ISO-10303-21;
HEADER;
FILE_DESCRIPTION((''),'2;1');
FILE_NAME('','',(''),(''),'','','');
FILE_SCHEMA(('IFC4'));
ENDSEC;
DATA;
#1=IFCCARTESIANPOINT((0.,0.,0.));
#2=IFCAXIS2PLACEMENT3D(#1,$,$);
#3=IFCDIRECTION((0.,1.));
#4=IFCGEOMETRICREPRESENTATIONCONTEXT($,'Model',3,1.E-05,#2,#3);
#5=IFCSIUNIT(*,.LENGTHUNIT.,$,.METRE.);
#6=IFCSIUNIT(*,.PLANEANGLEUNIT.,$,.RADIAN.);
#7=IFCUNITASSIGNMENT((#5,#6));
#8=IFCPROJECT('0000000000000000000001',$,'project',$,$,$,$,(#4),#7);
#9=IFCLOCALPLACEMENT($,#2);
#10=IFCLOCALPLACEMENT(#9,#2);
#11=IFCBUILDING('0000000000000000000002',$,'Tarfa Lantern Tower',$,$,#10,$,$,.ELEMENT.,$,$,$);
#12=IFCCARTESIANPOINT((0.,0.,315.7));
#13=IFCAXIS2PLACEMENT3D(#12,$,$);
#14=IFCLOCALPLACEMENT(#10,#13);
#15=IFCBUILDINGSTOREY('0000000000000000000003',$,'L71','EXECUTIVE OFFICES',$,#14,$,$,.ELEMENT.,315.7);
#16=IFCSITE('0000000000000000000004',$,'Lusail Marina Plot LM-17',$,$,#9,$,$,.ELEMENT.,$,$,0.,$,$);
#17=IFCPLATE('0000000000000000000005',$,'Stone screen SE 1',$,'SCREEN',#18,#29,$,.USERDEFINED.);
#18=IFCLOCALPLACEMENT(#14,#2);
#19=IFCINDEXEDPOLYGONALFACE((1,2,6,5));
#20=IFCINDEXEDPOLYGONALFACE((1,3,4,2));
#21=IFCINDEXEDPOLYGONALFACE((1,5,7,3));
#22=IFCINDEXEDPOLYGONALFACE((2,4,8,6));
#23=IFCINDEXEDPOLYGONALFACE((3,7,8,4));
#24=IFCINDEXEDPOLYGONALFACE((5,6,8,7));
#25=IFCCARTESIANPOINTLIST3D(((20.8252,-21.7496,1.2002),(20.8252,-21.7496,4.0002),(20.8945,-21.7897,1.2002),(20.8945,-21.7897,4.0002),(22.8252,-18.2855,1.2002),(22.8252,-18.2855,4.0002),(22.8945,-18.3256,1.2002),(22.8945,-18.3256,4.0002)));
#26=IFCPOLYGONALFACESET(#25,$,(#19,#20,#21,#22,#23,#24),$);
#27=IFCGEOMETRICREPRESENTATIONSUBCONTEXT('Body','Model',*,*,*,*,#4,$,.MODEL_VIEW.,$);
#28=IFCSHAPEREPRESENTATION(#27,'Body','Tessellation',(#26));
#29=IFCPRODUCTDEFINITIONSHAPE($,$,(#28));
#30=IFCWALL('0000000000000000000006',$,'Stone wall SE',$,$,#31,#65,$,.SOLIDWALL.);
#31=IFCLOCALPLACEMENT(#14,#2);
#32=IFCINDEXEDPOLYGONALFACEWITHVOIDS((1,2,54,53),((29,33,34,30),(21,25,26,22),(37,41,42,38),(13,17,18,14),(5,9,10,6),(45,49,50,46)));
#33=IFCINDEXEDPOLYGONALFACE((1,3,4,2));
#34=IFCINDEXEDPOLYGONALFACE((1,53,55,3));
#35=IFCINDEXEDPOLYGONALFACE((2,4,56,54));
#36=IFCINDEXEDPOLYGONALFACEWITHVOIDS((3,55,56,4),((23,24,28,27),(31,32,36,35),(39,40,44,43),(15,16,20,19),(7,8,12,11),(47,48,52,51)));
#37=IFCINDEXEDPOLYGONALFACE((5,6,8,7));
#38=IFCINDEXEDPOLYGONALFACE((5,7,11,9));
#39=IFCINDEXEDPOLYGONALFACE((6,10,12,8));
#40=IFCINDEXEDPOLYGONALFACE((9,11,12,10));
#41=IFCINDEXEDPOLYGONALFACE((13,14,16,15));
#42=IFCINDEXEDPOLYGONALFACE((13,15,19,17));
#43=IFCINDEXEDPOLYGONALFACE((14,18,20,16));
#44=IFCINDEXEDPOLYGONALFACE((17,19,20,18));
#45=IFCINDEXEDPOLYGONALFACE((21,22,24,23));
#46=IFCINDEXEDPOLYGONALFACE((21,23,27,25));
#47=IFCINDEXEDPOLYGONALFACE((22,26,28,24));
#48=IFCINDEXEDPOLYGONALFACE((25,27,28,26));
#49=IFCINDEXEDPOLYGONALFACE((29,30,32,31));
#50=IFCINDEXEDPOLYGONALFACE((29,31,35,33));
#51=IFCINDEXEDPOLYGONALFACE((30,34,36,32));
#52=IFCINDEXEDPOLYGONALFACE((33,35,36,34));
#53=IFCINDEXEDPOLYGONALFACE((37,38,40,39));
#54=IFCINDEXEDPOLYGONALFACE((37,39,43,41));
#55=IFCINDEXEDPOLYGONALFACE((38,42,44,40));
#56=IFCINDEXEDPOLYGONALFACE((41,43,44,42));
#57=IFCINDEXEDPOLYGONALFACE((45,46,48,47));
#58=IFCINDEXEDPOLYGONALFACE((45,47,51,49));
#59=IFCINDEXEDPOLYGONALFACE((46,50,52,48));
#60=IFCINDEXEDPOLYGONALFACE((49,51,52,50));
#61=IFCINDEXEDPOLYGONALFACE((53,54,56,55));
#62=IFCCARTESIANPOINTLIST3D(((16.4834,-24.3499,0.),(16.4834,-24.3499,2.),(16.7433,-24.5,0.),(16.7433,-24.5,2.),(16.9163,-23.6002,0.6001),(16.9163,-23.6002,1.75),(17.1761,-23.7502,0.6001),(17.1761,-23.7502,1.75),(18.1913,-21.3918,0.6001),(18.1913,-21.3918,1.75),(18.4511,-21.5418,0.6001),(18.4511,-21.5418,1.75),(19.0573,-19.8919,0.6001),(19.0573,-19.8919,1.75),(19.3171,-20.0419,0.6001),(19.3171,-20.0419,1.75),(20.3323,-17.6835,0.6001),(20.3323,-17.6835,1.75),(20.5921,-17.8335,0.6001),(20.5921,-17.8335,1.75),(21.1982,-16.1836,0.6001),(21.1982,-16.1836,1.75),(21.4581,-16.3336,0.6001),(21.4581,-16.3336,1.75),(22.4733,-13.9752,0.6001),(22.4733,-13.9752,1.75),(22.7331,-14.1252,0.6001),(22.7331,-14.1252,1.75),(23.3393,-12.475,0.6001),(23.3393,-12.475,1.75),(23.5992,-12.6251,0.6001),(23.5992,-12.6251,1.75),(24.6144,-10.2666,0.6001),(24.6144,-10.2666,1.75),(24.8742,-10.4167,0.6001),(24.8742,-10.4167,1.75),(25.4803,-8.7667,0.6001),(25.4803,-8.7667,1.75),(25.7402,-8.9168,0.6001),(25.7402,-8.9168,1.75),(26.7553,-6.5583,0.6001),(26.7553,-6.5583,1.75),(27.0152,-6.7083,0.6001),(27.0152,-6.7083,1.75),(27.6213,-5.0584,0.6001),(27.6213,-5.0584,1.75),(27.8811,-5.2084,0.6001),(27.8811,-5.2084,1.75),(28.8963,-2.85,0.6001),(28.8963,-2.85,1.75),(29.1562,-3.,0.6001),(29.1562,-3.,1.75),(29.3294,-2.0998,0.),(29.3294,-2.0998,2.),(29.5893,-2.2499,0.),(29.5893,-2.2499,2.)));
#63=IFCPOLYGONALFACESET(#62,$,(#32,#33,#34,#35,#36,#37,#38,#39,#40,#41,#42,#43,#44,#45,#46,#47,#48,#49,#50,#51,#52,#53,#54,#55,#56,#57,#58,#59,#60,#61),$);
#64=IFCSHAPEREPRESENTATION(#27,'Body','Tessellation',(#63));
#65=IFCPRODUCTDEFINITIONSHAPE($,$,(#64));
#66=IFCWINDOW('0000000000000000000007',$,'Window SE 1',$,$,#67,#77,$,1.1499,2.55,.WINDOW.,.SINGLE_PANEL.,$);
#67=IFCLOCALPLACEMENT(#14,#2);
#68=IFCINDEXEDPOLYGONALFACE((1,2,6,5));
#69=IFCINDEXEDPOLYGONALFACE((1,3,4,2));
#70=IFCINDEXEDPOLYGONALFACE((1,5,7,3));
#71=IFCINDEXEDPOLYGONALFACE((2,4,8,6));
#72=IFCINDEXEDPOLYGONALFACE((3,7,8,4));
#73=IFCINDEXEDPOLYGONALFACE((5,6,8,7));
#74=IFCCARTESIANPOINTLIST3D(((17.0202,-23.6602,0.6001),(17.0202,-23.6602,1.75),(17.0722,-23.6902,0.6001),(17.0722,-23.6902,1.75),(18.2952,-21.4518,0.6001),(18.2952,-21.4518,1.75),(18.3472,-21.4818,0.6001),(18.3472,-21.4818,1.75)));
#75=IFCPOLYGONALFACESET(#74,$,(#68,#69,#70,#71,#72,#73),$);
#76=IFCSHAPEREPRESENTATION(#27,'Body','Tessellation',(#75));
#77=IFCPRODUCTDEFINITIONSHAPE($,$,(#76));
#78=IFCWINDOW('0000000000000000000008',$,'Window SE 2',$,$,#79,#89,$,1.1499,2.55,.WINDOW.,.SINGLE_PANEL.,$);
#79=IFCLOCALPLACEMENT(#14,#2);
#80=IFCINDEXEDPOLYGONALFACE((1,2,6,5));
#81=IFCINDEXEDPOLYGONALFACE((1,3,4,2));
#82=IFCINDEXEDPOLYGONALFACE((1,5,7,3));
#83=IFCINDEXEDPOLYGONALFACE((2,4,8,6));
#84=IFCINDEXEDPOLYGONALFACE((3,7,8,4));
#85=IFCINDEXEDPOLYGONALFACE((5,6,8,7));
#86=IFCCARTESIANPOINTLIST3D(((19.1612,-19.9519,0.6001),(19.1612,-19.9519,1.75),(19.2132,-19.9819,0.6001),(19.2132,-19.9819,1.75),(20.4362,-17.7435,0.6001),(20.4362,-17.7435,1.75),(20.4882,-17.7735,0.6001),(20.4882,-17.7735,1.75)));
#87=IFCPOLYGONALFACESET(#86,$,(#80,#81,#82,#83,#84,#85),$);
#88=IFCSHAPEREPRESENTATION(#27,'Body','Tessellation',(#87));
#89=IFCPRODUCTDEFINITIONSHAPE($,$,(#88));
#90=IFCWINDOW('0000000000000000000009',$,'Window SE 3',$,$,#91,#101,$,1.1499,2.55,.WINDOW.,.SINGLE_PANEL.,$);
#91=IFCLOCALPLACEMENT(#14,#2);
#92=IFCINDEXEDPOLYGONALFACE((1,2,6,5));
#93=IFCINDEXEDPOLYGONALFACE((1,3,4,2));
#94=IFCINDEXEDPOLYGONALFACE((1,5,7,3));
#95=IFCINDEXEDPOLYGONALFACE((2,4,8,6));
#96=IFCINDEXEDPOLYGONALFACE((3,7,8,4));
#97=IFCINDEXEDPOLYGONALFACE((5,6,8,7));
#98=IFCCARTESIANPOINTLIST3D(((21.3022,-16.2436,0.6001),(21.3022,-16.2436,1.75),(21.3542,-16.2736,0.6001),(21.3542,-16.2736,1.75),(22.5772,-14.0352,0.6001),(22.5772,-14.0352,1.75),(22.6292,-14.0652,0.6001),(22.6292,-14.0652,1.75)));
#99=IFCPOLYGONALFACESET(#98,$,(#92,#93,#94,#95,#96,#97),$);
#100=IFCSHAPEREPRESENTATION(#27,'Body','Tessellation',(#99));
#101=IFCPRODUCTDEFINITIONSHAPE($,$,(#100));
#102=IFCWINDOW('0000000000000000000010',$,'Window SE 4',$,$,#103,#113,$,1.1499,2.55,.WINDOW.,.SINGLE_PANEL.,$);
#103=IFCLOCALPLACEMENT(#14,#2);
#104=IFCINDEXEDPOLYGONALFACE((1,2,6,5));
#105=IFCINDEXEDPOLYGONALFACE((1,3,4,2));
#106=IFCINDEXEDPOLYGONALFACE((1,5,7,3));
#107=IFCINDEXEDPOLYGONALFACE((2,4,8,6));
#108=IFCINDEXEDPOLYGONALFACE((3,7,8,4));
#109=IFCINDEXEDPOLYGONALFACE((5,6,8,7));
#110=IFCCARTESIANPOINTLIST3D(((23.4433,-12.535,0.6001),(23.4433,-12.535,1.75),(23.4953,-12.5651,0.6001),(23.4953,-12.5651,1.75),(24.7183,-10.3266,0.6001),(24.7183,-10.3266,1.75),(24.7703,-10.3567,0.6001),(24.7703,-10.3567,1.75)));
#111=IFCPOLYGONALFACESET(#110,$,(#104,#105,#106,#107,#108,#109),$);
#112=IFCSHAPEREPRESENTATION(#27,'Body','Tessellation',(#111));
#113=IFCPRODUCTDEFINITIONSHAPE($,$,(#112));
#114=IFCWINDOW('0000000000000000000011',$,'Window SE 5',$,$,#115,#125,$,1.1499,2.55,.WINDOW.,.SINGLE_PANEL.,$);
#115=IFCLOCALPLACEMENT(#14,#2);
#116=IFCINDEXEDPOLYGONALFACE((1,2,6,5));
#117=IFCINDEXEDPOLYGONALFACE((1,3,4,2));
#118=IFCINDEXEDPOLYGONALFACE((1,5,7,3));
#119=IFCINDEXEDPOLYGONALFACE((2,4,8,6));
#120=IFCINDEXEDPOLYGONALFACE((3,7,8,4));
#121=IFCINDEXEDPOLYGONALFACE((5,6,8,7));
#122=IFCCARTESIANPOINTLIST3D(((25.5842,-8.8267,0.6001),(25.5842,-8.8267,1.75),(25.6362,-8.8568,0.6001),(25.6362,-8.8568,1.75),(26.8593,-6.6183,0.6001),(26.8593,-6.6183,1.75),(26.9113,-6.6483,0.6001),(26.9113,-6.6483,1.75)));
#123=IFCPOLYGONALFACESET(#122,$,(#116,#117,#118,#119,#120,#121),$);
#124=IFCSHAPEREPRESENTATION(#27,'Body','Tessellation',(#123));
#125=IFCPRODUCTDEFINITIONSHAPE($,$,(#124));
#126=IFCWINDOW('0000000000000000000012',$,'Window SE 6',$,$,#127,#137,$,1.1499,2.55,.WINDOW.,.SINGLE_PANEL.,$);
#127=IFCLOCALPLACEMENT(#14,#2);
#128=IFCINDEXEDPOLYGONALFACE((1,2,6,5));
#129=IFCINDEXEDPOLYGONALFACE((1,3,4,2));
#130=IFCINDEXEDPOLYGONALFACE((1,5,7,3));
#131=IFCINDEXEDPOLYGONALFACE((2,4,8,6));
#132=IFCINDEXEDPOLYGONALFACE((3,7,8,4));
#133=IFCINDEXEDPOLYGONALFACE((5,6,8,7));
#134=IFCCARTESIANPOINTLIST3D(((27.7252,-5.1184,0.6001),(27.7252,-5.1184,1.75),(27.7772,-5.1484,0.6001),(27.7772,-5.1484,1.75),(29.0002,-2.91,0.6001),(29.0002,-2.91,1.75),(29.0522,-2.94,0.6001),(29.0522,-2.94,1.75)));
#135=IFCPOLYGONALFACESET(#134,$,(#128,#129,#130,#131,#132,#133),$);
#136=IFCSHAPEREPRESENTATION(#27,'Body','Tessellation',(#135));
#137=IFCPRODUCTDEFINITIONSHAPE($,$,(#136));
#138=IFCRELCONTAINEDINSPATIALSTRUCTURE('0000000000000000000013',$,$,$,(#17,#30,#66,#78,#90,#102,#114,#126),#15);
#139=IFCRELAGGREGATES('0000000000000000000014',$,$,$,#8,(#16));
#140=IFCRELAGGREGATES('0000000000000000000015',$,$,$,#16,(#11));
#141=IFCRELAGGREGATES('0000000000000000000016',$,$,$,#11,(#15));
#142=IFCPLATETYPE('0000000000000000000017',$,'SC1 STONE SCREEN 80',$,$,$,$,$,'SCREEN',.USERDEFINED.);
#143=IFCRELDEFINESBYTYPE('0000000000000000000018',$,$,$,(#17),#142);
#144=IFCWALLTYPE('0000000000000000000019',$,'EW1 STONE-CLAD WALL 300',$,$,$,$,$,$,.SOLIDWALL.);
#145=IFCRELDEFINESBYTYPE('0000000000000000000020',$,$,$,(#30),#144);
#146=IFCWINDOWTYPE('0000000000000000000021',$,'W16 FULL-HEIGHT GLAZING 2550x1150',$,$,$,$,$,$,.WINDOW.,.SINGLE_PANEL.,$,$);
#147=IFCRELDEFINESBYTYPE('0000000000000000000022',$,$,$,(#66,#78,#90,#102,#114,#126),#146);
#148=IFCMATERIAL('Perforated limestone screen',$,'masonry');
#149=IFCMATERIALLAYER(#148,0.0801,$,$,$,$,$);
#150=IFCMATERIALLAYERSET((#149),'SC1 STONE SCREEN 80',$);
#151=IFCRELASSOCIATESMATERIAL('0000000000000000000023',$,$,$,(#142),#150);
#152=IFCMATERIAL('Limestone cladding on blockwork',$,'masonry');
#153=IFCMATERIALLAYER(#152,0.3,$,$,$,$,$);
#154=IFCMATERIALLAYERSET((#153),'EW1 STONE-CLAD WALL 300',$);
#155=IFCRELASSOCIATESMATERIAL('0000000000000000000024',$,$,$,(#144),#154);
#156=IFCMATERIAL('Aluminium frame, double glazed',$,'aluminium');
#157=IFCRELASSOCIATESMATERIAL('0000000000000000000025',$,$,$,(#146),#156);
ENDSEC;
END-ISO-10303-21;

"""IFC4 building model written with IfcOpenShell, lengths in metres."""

from ifc_helpers import new_model, si_unit, direction, frame, frame_2d, origin, origin_2d, place, context, subcontext, project, spatial, rectangle, extrude, material, layer, layer_set, type_object, element, fill, save


model = new_model("IFC4")

# Units and contexts
model_context = context("Model", 3, precision=1e-05, world=origin(), true_north=direction((0.0, 1.0)))
body_context = subcontext(model_context, "Body", "Model", "MODEL_VIEW")
ifc_project = project(units=[si_unit("LENGTHUNIT", "METRE"), si_unit("PLANEANGLEUNIT", "RADIAN")], contexts=[model_context])

# Site, building, storey
site_placement = place(None, origin())
site = spatial("IfcSite", under=ifc_project, at=site_placement, Name="Lusail Marina Plot LM-17", CompositionType="ELEMENT", RefElevation=0.0)
building_placement = place(site_placement, origin())
building = spatial("IfcBuilding", under=site, at=building_placement, Name="Tarfa Lantern Tower", CompositionType="ELEMENT")
storey_placement = place(building_placement, frame((0.0, 0.0, 315.7)))
storey = spatial("IfcBuildingStorey", under=building, at=storey_placement, Name="L71", Description="EXECUTIVE OFFICES", CompositionType="ELEMENT", Elevation=315.7)

# Plate
ifc_material_1 = material(Name="Perforated limestone screen", Category="masonry")
ifc_layer_1 = layer(ifc_material_1, 0.0801)
ifc_layer_set_1 = layer_set([ifc_layer_1], Name="SC1 STONE SCREEN 80")
plate_type = type_object("IfcPlateType", Name="SC1 STONE SCREEN 80", ElementType="SCREEN", PredefinedType="USERDEFINED", material=ifc_layer_set_1)
plate_placement = place(storey_placement, frame((21.8599, -20.0376, 1.2002), z_axis=(0.0, 0.0, 1.0), x_axis=(0.5, 0.866025, 0.0)))
element("IfcPlate", 1, at=plate_placement, inside=storey, type_object=plate_type, Name="Stone screen SE 1", ObjectType="SCREEN", PredefinedType="USERDEFINED", context=body_context, shape_type="SweptSolid", body=[
    extrude(rectangle(XDim=4.0, YDim=0.0801, at=origin_2d()), origin(), (0.0, 0.0, 1.0), 2.8),
])

# Wall, openings, windows
ifc_material_2 = material(Name="Limestone cladding on blockwork", Category="masonry")
ifc_layer_2 = layer(ifc_material_2, 0.3)
ifc_layer_set_2 = layer_set([ifc_layer_2], Name="EW1 STONE-CLAD WALL 300")
wall_type_1 = type_object("IfcWallType", Name="EW1 STONE-CLAD WALL 300", PredefinedType="SOLIDWALL", material=ifc_layer_set_2)
wall_1_placement = place(storey_placement, frame((16.6133, -24.425, 0.0), z_axis=(0.0, 0.0, 1.0), x_axis=(0.499997, 0.866027, 0.0)))
wall_1 = element("IfcWall", 2, at=wall_1_placement, inside=storey, type_object=wall_type_1, Name="Stone wall SE", PredefinedType="SOLIDWALL", context=body_context, shape_type="SweptSolid", body=[
    extrude(rectangle(XDim=25.6921, YDim=0.3, at=frame_2d((12.8462, 0.0))), origin(), (0.0, 0.0, 1.0), 2.0),
])
opening_1_placement = place(wall_1_placement, frame((0.866, 0.0, 0.6001)))
opening_1 = element("IfcOpeningElement", 3, at=opening_1_placement, cuts=wall_1, PredefinedType="OPENING", context=body_context, shape_type="SweptSolid", body=[
    extrude(rectangle(XDim=2.55, YDim=1.1499, at=frame_2d((1.2749, 0.575))), frame((0.0, 0.1599, 0.0), z_axis=(0.0, -1.0, 0.0), x_axis=(1.0, 0.0, 0.0)), (0.0, 0.0, 1.0), 0.3201),
])
opening_2_placement = place(wall_1_placement, frame((5.1479, 0.0, 0.6001)))
opening_2 = element("IfcOpeningElement", 4, at=opening_2_placement, cuts=wall_1, PredefinedType="OPENING", context=body_context, shape_type="SweptSolid", body=[
    extrude(rectangle(XDim=2.55, YDim=1.1499, at=frame_2d((1.2749, 0.575))), frame((0.0, 0.1599, 0.0), z_axis=(0.0, -1.0, 0.0), x_axis=(1.0, 0.0, 0.0)), (0.0, 0.0, 1.0), 0.3201),
])
opening_3_placement = place(wall_1_placement, frame((9.4299, 0.0, 0.6001)))
opening_3 = element("IfcOpeningElement", 5, at=opening_3_placement, cuts=wall_1, PredefinedType="OPENING", context=body_context, shape_type="SweptSolid", body=[
    extrude(rectangle(XDim=2.55, YDim=1.1499, at=frame_2d((1.2749, 0.575))), frame((0.0, 0.1599, 0.0), z_axis=(0.0, -1.0, 0.0), x_axis=(1.0, 0.0, 0.0)), (0.0, 0.0, 1.0), 0.3201),
])
opening_4_placement = place(wall_1_placement, frame((13.7122, 0.0, 0.6001)))
opening_4 = element("IfcOpeningElement", 6, at=opening_4_placement, cuts=wall_1, PredefinedType="OPENING", context=body_context, shape_type="SweptSolid", body=[
    extrude(rectangle(XDim=2.55, YDim=1.1499, at=frame_2d((1.2749, 0.575))), frame((0.0, 0.1599, 0.0), z_axis=(0.0, -1.0, 0.0), x_axis=(1.0, 0.0, 0.0)), (0.0, 0.0, 1.0), 0.3201),
])
opening_5_placement = place(wall_1_placement, frame((17.9941, 0.0, 0.6001)))
opening_5 = element("IfcOpeningElement", 7, at=opening_5_placement, cuts=wall_1, PredefinedType="OPENING", context=body_context, shape_type="SweptSolid", body=[
    extrude(rectangle(XDim=2.55, YDim=1.1499, at=frame_2d((1.2749, 0.575))), frame((0.0, 0.1599, 0.0), z_axis=(0.0, -1.0, 0.0), x_axis=(1.0, 0.0, 0.0)), (0.0, 0.0, 1.0), 0.3201),
])
opening_6_placement = place(wall_1_placement, frame((22.2761, 0.0, 0.6001)))
opening_6 = element("IfcOpeningElement", 8, at=opening_6_placement, cuts=wall_1, PredefinedType="OPENING", context=body_context, shape_type="SweptSolid", body=[
    extrude(rectangle(XDim=2.55, YDim=1.1499, at=frame_2d((1.2749, 0.575))), frame((0.0, 0.1599, 0.0), z_axis=(0.0, -1.0, 0.0), x_axis=(1.0, 0.0, 0.0)), (0.0, 0.0, 1.0), 0.3201),
])
ifc_material_3 = material(Name="Aluminium frame, double glazed", Category="aluminium")
window_type = type_object("IfcWindowType", Name="W16 FULL-HEIGHT GLAZING 2550x1150", PartitioningType="SINGLE_PANEL", PredefinedType="WINDOW", material=ifc_material_3)
window_1_placement = place(opening_1_placement, origin())
window_1 = element("IfcWindow", 9, at=window_1_placement, inside=storey, type_object=window_type, Name="Window SE 1", OverallHeight=1.1499, OverallWidth=2.55, PartitioningType="SINGLE_PANEL", PredefinedType="WINDOW", context=body_context, shape_type="SweptSolid", body=[
    extrude(rectangle(XDim=2.55, YDim=1.1499, at=frame_2d((1.2749, 0.575))), frame((0.0, 0.03, 0.0), z_axis=(0.0, -1.0, 0.0), x_axis=(1.0, 0.0, 0.0)), (0.0, 0.0, 1.0), 0.0601),
])
fill(opening_1, window_1)
window_2_placement = place(opening_2_placement, origin())
window_2 = element("IfcWindow", 10, at=window_2_placement, inside=storey, type_object=window_type, Name="Window SE 2", OverallHeight=1.1499, OverallWidth=2.55, PartitioningType="SINGLE_PANEL", PredefinedType="WINDOW", context=body_context, shape_type="SweptSolid", body=[
    extrude(rectangle(XDim=2.55, YDim=1.1499, at=frame_2d((1.2749, 0.575))), frame((0.0, 0.03, 0.0), z_axis=(0.0, -1.0, 0.0), x_axis=(1.0, 0.0, 0.0)), (0.0, 0.0, 1.0), 0.0601),
])
fill(opening_2, window_2)
window_3_placement = place(opening_3_placement, origin())
window_3 = element("IfcWindow", 11, at=window_3_placement, inside=storey, type_object=window_type, Name="Window SE 3", OverallHeight=1.1499, OverallWidth=2.55, PartitioningType="SINGLE_PANEL", PredefinedType="WINDOW", context=body_context, shape_type="SweptSolid", body=[
    extrude(rectangle(XDim=2.55, YDim=1.1499, at=frame_2d((1.2749, 0.575))), frame((0.0, 0.03, 0.0), z_axis=(0.0, -1.0, 0.0), x_axis=(1.0, 0.0, 0.0)), (0.0, 0.0, 1.0), 0.0601),
])
fill(opening_3, window_3)
window_4_placement = place(opening_4_placement, origin())
window_4 = element("IfcWindow", 12, at=window_4_placement, inside=storey, type_object=window_type, Name="Window SE 4", OverallHeight=1.1499, OverallWidth=2.55, PartitioningType="SINGLE_PANEL", PredefinedType="WINDOW", context=body_context, shape_type="SweptSolid", body=[
    extrude(rectangle(XDim=2.55, YDim=1.1499, at=frame_2d((1.2749, 0.575))), frame((0.0, 0.03, 0.0), z_axis=(0.0, -1.0, 0.0), x_axis=(1.0, 0.0, 0.0)), (0.0, 0.0, 1.0), 0.0601),
])
fill(opening_4, window_4)
window_5_placement = place(opening_5_placement, origin())
window_5 = element("IfcWindow", 13, at=window_5_placement, inside=storey, type_object=window_type, Name="Window SE 5", OverallHeight=1.1499, OverallWidth=2.55, PartitioningType="SINGLE_PANEL", PredefinedType="WINDOW", context=body_context, shape_type="SweptSolid", body=[
    extrude(rectangle(XDim=2.55, YDim=1.1499, at=frame_2d((1.2749, 0.575))), frame((0.0, 0.03, 0.0), z_axis=(0.0, -1.0, 0.0), x_axis=(1.0, 0.0, 0.0)), (0.0, 0.0, 1.0), 0.0601),
])
fill(opening_5, window_5)
window_6_placement = place(opening_6_placement, origin())
window_6 = element("IfcWindow", 14, at=window_6_placement, inside=storey, type_object=window_type, Name="Window SE 6", OverallHeight=1.1499, OverallWidth=2.55, PartitioningType="SINGLE_PANEL", PredefinedType="WINDOW", context=body_context, shape_type="SweptSolid", body=[
    extrude(rectangle(XDim=2.55, YDim=1.1499, at=frame_2d((1.2749, 0.575))), frame((0.0, 0.03, 0.0), z_axis=(0.0, -1.0, 0.0), x_axis=(1.0, 0.0, 0.0)), (0.0, 0.0, 1.0), 0.0601),
])
fill(opening_6, window_6)

save(model, "model.ifc")
